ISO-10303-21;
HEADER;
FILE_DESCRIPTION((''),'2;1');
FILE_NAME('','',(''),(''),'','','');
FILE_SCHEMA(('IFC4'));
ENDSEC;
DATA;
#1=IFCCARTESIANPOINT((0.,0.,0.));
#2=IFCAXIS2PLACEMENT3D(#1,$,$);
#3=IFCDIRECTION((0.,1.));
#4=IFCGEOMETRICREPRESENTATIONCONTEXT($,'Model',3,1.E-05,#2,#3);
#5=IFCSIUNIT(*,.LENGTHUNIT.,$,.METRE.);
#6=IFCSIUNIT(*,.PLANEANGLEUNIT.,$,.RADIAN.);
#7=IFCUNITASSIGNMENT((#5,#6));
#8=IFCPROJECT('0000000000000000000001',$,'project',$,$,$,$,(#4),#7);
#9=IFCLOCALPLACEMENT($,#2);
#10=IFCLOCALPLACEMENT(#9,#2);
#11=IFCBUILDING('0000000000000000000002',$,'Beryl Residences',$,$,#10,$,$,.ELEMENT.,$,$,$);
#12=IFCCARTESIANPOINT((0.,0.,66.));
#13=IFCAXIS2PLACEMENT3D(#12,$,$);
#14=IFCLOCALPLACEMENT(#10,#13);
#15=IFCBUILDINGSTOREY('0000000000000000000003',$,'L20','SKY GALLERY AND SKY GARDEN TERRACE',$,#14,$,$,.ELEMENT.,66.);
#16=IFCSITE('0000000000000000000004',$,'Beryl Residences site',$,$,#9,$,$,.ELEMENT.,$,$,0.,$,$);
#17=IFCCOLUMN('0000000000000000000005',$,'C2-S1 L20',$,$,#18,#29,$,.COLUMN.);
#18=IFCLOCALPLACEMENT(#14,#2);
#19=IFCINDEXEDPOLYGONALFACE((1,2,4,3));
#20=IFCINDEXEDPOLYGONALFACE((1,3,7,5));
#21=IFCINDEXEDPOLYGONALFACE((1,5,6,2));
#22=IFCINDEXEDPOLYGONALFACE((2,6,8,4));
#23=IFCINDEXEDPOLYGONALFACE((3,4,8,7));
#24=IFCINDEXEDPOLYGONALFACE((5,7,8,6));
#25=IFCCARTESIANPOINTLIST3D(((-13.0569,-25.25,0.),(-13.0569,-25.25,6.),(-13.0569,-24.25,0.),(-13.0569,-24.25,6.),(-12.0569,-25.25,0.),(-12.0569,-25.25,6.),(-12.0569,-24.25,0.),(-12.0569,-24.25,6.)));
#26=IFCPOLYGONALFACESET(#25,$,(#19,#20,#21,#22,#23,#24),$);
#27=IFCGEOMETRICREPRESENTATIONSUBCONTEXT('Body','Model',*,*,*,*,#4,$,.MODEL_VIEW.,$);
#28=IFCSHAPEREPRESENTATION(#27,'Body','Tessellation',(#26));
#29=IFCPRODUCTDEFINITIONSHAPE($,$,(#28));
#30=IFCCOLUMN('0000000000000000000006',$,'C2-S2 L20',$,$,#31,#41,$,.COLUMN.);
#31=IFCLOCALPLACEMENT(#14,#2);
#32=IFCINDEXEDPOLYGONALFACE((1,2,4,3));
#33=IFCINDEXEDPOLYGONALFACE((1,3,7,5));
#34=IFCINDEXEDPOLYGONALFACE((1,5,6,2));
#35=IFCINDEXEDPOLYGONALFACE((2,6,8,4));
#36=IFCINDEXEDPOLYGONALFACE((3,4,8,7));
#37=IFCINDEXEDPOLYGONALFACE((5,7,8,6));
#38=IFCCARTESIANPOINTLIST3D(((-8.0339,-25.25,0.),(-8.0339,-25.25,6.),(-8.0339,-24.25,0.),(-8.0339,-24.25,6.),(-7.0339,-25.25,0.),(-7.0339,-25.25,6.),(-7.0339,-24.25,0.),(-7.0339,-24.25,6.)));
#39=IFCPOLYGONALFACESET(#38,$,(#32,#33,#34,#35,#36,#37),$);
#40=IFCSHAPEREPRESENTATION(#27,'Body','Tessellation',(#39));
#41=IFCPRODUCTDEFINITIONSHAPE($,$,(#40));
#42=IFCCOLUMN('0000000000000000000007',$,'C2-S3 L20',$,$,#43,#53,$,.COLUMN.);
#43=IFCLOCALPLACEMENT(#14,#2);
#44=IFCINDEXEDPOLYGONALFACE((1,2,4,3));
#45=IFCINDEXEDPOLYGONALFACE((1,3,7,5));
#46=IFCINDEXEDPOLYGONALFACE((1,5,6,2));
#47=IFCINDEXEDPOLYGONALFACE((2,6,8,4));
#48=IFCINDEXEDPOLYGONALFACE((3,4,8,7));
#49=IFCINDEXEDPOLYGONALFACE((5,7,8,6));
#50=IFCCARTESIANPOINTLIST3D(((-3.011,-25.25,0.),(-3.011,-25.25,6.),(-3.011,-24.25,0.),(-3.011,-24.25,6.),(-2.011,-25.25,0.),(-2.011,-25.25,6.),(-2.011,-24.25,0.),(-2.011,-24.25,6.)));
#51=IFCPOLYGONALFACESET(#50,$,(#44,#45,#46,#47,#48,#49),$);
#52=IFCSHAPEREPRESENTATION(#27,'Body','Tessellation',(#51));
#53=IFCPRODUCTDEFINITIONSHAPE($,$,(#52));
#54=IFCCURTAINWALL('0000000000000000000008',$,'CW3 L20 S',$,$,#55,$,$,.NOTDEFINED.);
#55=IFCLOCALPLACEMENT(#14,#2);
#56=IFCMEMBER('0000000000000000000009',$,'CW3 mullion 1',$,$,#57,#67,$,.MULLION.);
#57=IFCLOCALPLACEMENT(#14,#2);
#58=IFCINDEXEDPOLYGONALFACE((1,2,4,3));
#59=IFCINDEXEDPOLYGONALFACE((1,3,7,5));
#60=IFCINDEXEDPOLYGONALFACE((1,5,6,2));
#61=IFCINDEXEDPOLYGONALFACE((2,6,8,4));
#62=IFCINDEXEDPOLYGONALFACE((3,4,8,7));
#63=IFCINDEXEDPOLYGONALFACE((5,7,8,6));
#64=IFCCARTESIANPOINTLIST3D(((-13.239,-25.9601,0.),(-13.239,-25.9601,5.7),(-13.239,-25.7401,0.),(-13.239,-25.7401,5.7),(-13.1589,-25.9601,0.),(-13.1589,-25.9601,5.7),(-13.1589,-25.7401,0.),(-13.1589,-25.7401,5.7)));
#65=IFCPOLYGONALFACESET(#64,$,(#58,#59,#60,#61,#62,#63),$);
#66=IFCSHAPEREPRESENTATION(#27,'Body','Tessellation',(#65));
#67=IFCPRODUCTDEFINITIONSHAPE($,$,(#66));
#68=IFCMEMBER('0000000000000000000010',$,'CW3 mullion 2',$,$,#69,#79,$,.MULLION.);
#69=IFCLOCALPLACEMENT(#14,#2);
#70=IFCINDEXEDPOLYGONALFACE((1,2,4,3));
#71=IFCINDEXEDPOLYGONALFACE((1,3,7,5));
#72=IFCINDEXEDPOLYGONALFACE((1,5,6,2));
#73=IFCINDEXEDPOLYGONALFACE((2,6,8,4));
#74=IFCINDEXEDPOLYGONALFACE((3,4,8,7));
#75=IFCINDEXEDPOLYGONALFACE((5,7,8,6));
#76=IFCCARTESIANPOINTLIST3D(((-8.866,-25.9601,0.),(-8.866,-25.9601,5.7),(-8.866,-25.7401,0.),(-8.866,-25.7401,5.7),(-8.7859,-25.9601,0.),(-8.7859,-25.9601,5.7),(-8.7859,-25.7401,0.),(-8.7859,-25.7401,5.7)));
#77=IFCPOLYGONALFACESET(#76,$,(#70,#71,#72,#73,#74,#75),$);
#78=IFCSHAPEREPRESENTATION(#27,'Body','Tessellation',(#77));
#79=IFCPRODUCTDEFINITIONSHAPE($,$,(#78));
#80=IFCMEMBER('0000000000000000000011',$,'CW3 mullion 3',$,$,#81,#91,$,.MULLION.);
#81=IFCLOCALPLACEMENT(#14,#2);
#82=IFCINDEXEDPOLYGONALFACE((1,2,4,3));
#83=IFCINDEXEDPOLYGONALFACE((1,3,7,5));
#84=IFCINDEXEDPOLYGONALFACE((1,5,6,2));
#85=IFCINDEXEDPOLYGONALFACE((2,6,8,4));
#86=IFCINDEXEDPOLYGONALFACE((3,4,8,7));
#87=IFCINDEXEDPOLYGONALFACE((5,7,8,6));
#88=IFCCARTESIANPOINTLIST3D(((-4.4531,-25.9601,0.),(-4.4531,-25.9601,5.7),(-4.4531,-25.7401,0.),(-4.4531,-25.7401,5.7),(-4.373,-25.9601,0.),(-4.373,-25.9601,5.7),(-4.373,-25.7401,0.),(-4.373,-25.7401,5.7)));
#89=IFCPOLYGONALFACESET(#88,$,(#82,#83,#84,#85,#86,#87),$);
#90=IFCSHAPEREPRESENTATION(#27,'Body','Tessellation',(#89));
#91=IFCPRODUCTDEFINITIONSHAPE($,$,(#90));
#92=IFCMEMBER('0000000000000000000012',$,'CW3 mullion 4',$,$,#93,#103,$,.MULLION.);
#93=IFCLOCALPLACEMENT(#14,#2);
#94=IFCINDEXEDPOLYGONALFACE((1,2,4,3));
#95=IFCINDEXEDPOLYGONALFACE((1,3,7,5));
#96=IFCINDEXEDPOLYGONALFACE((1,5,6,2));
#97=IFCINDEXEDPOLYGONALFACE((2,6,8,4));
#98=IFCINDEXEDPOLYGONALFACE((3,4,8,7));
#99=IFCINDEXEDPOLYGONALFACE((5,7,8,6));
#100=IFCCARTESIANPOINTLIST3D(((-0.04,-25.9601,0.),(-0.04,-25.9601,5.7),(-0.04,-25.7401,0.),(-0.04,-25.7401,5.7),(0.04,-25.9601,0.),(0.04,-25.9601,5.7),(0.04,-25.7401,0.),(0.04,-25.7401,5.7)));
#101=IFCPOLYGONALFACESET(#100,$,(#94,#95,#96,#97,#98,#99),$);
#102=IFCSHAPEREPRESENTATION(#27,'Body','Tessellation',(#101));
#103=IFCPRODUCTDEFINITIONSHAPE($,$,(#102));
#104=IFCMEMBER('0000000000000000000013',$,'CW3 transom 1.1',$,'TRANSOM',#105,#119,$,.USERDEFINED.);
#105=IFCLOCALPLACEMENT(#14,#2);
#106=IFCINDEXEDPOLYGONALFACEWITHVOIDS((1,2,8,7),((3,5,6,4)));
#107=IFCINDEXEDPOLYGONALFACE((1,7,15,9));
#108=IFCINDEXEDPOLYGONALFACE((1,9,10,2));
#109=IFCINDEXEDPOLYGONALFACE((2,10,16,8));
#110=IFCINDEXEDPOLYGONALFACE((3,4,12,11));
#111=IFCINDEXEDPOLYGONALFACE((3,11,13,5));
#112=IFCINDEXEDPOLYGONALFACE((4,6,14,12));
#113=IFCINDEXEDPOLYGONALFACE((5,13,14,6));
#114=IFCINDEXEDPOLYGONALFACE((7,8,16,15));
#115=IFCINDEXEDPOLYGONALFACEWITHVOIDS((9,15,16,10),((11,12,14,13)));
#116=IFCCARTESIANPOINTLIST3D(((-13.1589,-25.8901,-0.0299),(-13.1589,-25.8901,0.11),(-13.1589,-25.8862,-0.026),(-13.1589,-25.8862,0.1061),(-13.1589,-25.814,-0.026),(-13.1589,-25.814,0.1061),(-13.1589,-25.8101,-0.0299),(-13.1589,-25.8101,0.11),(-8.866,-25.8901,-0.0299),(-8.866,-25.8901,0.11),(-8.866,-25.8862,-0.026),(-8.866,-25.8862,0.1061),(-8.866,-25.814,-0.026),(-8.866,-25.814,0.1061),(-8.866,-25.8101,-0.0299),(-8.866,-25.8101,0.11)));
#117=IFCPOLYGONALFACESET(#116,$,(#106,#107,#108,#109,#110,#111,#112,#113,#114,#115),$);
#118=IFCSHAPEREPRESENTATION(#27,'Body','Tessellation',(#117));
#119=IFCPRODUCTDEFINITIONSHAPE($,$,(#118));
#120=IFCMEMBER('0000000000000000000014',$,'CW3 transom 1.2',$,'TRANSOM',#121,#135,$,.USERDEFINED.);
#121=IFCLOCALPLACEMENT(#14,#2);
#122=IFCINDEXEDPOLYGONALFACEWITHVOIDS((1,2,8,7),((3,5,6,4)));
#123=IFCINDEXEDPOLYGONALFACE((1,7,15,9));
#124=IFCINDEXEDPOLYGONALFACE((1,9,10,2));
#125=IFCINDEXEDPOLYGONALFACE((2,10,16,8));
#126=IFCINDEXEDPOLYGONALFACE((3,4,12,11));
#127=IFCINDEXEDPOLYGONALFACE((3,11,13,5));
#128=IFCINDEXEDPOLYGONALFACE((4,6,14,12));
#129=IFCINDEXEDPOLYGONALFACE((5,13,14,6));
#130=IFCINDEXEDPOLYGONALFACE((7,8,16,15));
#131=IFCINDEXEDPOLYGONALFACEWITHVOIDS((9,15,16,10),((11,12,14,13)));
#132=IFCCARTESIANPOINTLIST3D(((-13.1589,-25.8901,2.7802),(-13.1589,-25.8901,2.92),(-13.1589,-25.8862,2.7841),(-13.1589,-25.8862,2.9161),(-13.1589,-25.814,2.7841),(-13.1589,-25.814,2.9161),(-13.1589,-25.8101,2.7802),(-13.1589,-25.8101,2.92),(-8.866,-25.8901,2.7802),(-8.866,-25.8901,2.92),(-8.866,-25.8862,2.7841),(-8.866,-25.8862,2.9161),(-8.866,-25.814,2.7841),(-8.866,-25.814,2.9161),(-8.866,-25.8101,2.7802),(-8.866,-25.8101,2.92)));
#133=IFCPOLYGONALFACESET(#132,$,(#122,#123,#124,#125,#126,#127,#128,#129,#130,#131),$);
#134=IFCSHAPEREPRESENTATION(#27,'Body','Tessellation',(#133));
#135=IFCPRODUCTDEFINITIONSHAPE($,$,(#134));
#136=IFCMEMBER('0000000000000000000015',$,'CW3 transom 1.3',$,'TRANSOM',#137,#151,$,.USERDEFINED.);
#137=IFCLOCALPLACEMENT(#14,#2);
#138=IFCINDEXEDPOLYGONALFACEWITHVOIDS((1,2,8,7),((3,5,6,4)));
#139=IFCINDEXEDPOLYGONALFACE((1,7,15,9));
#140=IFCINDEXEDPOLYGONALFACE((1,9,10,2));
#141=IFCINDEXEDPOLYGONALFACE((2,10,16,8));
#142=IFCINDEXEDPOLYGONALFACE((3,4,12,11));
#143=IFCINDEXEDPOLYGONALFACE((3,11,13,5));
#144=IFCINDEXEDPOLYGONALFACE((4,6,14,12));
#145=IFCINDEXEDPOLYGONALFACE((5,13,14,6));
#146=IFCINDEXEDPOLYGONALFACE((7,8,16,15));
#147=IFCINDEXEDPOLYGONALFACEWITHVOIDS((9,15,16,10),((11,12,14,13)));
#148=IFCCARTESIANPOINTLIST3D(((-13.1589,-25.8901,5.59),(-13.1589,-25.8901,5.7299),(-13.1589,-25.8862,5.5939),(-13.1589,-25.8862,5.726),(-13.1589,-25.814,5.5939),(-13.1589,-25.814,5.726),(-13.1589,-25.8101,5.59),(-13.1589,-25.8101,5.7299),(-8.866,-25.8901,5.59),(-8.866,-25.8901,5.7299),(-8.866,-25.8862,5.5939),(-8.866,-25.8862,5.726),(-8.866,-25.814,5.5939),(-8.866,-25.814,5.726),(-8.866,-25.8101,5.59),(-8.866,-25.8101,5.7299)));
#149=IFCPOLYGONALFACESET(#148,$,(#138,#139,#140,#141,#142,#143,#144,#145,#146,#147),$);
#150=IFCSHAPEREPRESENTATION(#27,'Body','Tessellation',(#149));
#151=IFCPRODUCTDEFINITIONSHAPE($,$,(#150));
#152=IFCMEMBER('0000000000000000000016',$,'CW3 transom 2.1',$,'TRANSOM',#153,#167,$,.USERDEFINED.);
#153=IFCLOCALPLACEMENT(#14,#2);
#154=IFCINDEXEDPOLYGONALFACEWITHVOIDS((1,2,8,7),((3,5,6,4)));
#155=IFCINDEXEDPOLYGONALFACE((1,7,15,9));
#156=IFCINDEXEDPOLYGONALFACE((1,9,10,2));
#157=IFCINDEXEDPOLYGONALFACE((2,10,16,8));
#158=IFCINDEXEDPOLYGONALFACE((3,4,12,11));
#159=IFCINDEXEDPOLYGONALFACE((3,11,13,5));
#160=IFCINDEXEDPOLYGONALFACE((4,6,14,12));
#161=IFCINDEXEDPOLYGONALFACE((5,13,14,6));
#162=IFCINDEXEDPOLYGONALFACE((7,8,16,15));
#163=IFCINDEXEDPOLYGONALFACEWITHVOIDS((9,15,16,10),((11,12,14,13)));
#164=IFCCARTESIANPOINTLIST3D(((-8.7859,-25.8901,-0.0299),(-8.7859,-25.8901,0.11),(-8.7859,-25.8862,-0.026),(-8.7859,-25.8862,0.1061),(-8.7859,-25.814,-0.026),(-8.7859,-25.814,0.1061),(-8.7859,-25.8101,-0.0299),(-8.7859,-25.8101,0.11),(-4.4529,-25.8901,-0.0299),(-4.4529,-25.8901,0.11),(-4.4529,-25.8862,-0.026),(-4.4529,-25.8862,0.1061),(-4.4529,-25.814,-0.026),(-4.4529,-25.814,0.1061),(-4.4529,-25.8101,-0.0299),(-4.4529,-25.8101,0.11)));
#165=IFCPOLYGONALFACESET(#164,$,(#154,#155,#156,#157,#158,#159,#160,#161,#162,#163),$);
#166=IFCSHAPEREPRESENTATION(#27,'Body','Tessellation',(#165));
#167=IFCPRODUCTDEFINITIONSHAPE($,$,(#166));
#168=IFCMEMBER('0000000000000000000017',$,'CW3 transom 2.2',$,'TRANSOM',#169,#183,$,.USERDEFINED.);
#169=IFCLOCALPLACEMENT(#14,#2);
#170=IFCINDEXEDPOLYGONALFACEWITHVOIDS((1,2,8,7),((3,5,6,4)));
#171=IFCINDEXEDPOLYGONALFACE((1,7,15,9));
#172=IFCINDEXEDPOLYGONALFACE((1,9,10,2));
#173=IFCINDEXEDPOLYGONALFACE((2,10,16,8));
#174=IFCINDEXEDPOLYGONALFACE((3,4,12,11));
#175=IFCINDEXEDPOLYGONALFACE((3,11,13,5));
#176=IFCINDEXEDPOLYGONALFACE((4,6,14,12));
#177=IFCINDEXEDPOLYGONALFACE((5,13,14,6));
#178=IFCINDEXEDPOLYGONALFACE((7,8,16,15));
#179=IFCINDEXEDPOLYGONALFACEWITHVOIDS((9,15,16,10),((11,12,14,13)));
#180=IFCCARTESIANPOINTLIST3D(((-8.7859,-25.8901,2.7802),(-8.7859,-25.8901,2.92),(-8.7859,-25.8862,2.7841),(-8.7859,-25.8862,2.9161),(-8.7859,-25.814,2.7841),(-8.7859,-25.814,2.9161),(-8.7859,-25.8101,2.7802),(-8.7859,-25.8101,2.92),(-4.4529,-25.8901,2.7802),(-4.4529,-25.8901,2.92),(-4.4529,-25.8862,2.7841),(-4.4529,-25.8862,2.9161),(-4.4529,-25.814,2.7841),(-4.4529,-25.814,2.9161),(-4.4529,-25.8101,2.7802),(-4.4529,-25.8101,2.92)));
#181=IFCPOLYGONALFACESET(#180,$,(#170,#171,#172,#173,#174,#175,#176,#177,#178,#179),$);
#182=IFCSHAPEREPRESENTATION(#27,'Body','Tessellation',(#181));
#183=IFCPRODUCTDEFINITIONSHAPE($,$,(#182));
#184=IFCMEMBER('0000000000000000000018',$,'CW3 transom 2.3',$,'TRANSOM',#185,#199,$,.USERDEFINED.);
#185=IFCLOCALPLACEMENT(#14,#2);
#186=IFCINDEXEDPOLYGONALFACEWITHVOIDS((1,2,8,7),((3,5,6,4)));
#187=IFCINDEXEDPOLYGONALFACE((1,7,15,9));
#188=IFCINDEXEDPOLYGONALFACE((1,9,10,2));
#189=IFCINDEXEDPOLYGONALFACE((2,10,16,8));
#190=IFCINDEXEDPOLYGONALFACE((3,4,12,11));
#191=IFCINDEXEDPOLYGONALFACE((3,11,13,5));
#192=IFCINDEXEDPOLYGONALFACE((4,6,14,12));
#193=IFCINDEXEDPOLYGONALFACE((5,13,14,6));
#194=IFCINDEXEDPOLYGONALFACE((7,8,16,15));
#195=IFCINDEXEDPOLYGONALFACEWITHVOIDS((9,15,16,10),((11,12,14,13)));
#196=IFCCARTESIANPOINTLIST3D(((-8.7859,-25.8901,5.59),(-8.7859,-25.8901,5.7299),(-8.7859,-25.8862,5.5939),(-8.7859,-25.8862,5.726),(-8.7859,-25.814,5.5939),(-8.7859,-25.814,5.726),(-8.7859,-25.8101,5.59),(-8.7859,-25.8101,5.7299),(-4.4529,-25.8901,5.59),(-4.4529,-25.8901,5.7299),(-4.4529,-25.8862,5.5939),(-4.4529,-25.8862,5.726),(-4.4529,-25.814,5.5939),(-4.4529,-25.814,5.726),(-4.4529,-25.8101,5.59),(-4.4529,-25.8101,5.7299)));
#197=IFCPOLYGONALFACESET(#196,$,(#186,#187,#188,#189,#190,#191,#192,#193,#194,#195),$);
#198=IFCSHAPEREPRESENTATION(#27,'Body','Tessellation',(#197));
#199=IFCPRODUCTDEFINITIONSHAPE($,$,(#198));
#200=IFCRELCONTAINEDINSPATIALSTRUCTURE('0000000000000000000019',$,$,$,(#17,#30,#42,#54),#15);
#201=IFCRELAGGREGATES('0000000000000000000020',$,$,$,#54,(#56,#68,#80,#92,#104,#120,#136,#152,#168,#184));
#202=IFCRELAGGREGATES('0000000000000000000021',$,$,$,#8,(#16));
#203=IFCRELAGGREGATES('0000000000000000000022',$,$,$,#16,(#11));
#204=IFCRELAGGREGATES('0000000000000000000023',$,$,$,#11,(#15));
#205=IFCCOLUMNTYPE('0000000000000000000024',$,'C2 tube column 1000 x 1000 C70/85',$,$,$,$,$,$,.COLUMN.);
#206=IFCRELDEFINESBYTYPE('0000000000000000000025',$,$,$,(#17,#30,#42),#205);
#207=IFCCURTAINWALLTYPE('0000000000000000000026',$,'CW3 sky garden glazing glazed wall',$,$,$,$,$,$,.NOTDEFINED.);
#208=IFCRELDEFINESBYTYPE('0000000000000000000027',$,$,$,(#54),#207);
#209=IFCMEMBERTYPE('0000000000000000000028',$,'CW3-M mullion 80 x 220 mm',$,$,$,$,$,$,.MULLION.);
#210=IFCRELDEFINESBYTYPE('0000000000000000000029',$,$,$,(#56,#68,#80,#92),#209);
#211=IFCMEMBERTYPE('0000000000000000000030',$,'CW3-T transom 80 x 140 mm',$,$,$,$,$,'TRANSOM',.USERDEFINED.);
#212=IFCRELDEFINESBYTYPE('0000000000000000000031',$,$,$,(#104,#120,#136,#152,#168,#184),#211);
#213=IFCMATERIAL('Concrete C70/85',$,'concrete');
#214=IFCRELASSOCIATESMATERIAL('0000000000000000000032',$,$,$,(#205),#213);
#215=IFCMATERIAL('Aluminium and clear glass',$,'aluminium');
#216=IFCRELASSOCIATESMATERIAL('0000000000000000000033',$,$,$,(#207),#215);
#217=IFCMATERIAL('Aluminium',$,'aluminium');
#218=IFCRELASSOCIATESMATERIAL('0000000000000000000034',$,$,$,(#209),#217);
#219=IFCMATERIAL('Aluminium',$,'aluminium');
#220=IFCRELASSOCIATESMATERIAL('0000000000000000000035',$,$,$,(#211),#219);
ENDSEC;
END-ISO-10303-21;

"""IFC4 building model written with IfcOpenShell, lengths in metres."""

from ifc_helpers import new_model, si_unit, direction, frame, origin, origin_2d, place, context, subcontext, project, spatial, rectangle, hollow_rectangle, extrude, material, material_profile, profile_set, type_object, element, aggregate, save


model = new_model("IFC4")

# Units and contexts
model_context = context("Model", 3, precision=1e-05, world=origin(), true_north=direction((0.0, 1.0)))
body_context = subcontext(model_context, "Body", "Model", "MODEL_VIEW")
ifc_project = project(units=[si_unit("LENGTHUNIT", "METRE"), si_unit("PLANEANGLEUNIT", "RADIAN")], contexts=[model_context])

# Site, building, storey
site_placement = place(None, origin())
site = spatial("IfcSite", under=ifc_project, at=site_placement, Name="Beryl Residences site", CompositionType="ELEMENT", RefElevation=0.0)
building_placement = place(site_placement, origin())
building = spatial("IfcBuilding", under=site, at=building_placement, Name="Beryl Residences", CompositionType="ELEMENT")
storey_placement = place(building_placement, frame((0.0, 0.0, 66.0)))
storey = spatial("IfcBuildingStorey", under=building, at=storey_placement, Name="L20", Description="SKY GALLERY AND SKY GARDEN TERRACE", CompositionType="ELEMENT", Elevation=66.0)

# Columns
ifc_material_1 = material(Name="Concrete C70/85", Category="concrete")
ifc_material_profile_1 = material_profile(ifc_material_1, rectangle(XDim=1.0, YDim=1.0, at=origin_2d()))
ifc_profile_set_1 = profile_set([ifc_material_profile_1], Name="Concrete C70/85")
column_type = type_object("IfcColumnType", Name="C2 tube column 1000 x 1000 C70/85", PredefinedType="COLUMN", material=ifc_profile_set_1)
for number, where, z_axis, x_axis, name in (
    (1, (-12.5569, -24.75, 0.0), (0.0, 0.0, 1.0), (1.0, 0.0, 0.0), "C2-S1 L20"),
    (2, (-7.5339, -24.75, 0.0), (0.0, 0.0, 1.0), (1.0, 0.0, 0.0), "C2-S2 L20"),
    (3, (-2.511, -24.75, 0.0), (0.0, 0.0, 1.0), (1.0, 0.0, 0.0), "C2-S3 L20"),
):
    element("IfcColumn", number, at=place(storey_placement, frame(where, z_axis=z_axis, x_axis=x_axis)), inside=storey, type_object=column_type, Name=name, PredefinedType="COLUMN", context=body_context, shape_type="SweptSolid", body=[
        extrude(rectangle(XDim=1.0, YDim=1.0, at=origin_2d()), origin(), (0.0, 0.0, 1.0), 6.0),
    ])

# Curtain wall, members
ifc_material_2 = material(Name="Aluminium and clear glass", Category="aluminium")
curtain_wall_type = type_object("IfcCurtainWallType", Name="CW3 sky garden glazing glazed wall", PredefinedType="NOTDEFINED", material=ifc_material_2)
curtain_wall_placement = place(storey_placement, origin())
curtain_wall = element("IfcCurtainWall", 4, at=curtain_wall_placement, inside=storey, type_object=curtain_wall_type, Name="CW3 L20 S", PredefinedType="NOTDEFINED")
ifc_material_3 = material(Name="Aluminium", Category="aluminium")
ifc_material_profile_2 = material_profile(ifc_material_3, rectangle(XDim=0.0801, YDim=0.22, at=origin_2d()))
ifc_profile_set_2 = profile_set([ifc_material_profile_2], Name="Aluminium")
member_type_1 = type_object("IfcMemberType", Name="CW3-M mullion 80 x 220 mm", PredefinedType="MULLION", material=ifc_profile_set_2)
member_1_placement = place(storey_placement, frame((-13.199, -25.8501, 0.0), z_axis=(0.0, 0.0, 1.0), x_axis=(1.0, 0.0, 0.0)))
member_1 = element("IfcMember", 5, at=member_1_placement, type_object=member_type_1, Name="CW3 mullion 1", PredefinedType="MULLION", context=body_context, shape_type="SweptSolid", body=[
    extrude(rectangle(XDim=0.0801, YDim=0.22, at=origin_2d()), origin(), (0.0, 0.0, 1.0), 5.7),
])
member_2_placement = place(storey_placement, frame((-8.8259, -25.8501, 0.0), z_axis=(0.0, 0.0, 1.0), x_axis=(1.0, 0.0, 0.0)))
member_2 = element("IfcMember", 6, at=member_2_placement, type_object=member_type_1, Name="CW3 mullion 2", PredefinedType="MULLION", context=body_context, shape_type="SweptSolid", body=[
    extrude(rectangle(XDim=0.0801, YDim=0.22, at=origin_2d()), origin(), (0.0, 0.0, 1.0), 5.7),
])
member_3_placement = place(storey_placement, frame((-4.4131, -25.8501, 0.0), z_axis=(0.0, 0.0, 1.0), x_axis=(1.0, 0.0, 0.0)))
member_3 = element("IfcMember", 7, at=member_3_placement, type_object=member_type_1, Name="CW3 mullion 3", PredefinedType="MULLION", context=body_context, shape_type="SweptSolid", body=[
    extrude(rectangle(XDim=0.0801, YDim=0.22, at=origin_2d()), origin(), (0.0, 0.0, 1.0), 5.7),
])
member_4_placement = place(storey_placement, frame((0.0, -25.8501, 0.0), z_axis=(0.0, 0.0, 1.0), x_axis=(1.0, 0.0, 0.0)))
member_4 = element("IfcMember", 8, at=member_4_placement, type_object=member_type_1, Name="CW3 mullion 4", PredefinedType="MULLION", context=body_context, shape_type="SweptSolid", body=[
    extrude(rectangle(XDim=0.0801, YDim=0.22, at=origin_2d()), origin(), (0.0, 0.0, 1.0), 5.7),
])
ifc_material_4 = material(Name="Aluminium", Category="aluminium")
ifc_material_profile_3 = material_profile(ifc_material_4, hollow_rectangle(XDim=0.0801, YDim=0.1399, WallThickness=0.0039, at=origin_2d()))
ifc_profile_set_3 = profile_set([ifc_material_profile_3], Name="Aluminium")
member_type_2 = type_object("IfcMemberType", Name="CW3-T transom 80 x 140 mm", ElementType="TRANSOM", PredefinedType="USERDEFINED", material=ifc_profile_set_3)
member_5_placement = place(storey_placement, frame((-13.1589, -25.8501, 0.04), z_axis=(1.0, 0.0, 0.0), x_axis=(0.0, 1.0, 0.0)))
member_5 = element("IfcMember", 9, at=member_5_placement, type_object=member_type_2, Name="CW3 transom 1.1", ObjectType="TRANSOM", PredefinedType="USERDEFINED", context=body_context, shape_type="SweptSolid", body=[
    extrude(hollow_rectangle(XDim=0.0801, YDim=0.1399, WallThickness=0.0039, at=origin_2d()), origin(), (0.0, 0.0, 1.0), 4.293),
])
member_6_placement = place(storey_placement, frame((-13.1589, -25.8501, 2.8501), z_axis=(1.0, 0.0, 0.0), x_axis=(0.0, 1.0, 0.0)))
member_6 = element("IfcMember", 10, at=member_6_placement, type_object=member_type_2, Name="CW3 transom 1.2", ObjectType="TRANSOM", PredefinedType="USERDEFINED", context=body_context, shape_type="SweptSolid", body=[
    extrude(hollow_rectangle(XDim=0.0801, YDim=0.1399, WallThickness=0.0039, at=origin_2d()), origin(), (0.0, 0.0, 1.0), 4.293),
])
member_7_placement = place(storey_placement, frame((-13.1589, -25.8501, 5.6599), z_axis=(1.0, 0.0, 0.0), x_axis=(0.0, 1.0, 0.0)))
member_7 = element("IfcMember", 11, at=member_7_placement, type_object=member_type_2, Name="CW3 transom 1.3", ObjectType="TRANSOM", PredefinedType="USERDEFINED", context=body_context, shape_type="SweptSolid", body=[
    extrude(hollow_rectangle(XDim=0.0801, YDim=0.1399, WallThickness=0.0039, at=origin_2d()), origin(), (0.0, 0.0, 1.0), 4.293),
])
member_8_placement = place(storey_placement, frame((-8.7859, -25.8501, 0.04), z_axis=(1.0, 0.0, 0.0), x_axis=(0.0, 1.0, 0.0)))
member_8 = element("IfcMember", 12, at=member_8_placement, type_object=member_type_2, Name="CW3 transom 2.1", ObjectType="TRANSOM", PredefinedType="USERDEFINED", context=body_context, shape_type="SweptSolid", body=[
    extrude(hollow_rectangle(XDim=0.0801, YDim=0.1399, WallThickness=0.0039, at=origin_2d()), origin(), (0.0, 0.0, 1.0), 4.333),
])
member_9_placement = place(storey_placement, frame((-8.7859, -25.8501, 2.8501), z_axis=(1.0, 0.0, 0.0), x_axis=(0.0, 1.0, 0.0)))
member_9 = element("IfcMember", 13, at=member_9_placement, type_object=member_type_2, Name="CW3 transom 2.2", ObjectType="TRANSOM", PredefinedType="USERDEFINED", context=body_context, shape_type="SweptSolid", body=[
    extrude(hollow_rectangle(XDim=0.0801, YDim=0.1399, WallThickness=0.0039, at=origin_2d()), origin(), (0.0, 0.0, 1.0), 4.333),
])
member_10_placement = place(storey_placement, frame((-8.7859, -25.8501, 5.6599), z_axis=(1.0, 0.0, 0.0), x_axis=(0.0, 1.0, 0.0)))
member_10 = element("IfcMember", 14, at=member_10_placement, type_object=member_type_2, Name="CW3 transom 2.3", ObjectType="TRANSOM", PredefinedType="USERDEFINED", context=body_context, shape_type="SweptSolid", body=[
    extrude(hollow_rectangle(XDim=0.0801, YDim=0.1399, WallThickness=0.0039, at=origin_2d()), origin(), (0.0, 0.0, 1.0), 4.333),
])
aggregate(curtain_wall, [member_1, member_2, member_3, member_4, member_5, member_6, member_7, member_8, member_9, member_10])

save(model, "model.ifc")
